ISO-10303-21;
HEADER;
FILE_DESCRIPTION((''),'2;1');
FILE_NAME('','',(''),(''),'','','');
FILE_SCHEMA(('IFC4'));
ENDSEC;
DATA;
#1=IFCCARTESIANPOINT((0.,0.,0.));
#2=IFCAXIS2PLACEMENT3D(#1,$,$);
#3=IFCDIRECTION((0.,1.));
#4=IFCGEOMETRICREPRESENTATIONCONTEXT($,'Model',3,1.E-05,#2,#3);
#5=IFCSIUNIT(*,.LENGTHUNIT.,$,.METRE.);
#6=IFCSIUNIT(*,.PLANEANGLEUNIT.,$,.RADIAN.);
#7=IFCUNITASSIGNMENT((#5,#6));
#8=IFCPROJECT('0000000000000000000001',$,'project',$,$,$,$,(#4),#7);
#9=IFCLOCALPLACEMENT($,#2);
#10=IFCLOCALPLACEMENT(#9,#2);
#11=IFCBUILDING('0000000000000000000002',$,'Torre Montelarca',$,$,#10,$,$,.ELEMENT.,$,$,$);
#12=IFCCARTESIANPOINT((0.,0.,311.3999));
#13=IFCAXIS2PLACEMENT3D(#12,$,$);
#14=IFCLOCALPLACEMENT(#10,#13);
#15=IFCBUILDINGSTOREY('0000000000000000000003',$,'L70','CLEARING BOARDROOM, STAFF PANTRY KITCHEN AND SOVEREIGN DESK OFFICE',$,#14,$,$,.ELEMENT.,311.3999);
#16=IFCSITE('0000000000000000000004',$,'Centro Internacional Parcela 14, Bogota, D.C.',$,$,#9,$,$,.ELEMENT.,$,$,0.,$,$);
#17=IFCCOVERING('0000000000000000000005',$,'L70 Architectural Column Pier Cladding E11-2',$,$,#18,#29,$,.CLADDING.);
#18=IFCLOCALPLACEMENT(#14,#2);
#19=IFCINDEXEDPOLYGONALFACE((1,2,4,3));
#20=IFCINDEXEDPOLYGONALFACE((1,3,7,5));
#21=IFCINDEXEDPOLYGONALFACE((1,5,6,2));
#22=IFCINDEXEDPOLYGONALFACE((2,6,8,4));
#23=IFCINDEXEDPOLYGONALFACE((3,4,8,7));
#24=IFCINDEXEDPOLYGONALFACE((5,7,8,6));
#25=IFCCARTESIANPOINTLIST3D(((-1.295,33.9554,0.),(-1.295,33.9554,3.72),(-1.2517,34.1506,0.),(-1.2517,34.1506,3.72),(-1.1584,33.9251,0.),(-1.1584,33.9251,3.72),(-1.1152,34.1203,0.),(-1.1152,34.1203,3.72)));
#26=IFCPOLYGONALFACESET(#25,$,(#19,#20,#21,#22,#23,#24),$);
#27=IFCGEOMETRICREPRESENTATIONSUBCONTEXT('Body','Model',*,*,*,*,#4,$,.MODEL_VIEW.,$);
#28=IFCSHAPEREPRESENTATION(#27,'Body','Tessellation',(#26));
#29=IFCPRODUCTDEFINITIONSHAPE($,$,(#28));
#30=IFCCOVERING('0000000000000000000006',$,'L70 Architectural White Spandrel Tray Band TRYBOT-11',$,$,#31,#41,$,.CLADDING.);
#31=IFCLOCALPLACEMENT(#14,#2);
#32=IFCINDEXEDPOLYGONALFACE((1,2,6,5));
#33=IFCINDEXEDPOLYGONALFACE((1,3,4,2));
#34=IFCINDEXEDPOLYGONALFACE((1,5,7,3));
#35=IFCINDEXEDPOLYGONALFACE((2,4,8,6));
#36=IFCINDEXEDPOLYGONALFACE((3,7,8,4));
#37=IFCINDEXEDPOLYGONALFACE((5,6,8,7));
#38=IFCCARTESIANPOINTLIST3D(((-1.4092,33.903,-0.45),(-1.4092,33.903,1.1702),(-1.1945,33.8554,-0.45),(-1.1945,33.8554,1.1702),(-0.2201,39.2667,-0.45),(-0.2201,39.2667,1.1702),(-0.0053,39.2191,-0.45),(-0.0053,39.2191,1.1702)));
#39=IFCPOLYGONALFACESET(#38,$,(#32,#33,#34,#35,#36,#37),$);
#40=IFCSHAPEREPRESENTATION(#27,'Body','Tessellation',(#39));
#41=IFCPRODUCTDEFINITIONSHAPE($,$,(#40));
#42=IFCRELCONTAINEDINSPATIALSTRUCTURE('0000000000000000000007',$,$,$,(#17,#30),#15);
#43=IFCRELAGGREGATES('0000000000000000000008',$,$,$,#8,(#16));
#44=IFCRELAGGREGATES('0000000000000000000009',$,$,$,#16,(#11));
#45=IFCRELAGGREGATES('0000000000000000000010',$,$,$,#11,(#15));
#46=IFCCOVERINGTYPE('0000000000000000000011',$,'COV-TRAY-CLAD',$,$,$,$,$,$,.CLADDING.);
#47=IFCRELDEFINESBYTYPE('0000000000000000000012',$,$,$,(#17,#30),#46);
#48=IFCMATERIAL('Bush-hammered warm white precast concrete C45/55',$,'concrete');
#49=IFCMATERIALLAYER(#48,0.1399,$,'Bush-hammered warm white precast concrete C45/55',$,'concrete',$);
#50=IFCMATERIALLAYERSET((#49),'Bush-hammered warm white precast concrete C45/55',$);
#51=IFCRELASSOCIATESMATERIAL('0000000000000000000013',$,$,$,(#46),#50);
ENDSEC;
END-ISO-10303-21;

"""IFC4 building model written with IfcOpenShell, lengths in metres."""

from ifc_helpers import new_model, si_unit, direction, frame, origin, origin_2d, place, context, subcontext, project, spatial, rectangle, extrude, source, transform, mapped, material, layer, layer_set, type_object, element, save


model = new_model("IFC4")

# Units and contexts
model_context = context("Model", 3, precision=1e-05, world=origin(), true_north=direction((0.0, 1.0)))
body_context = subcontext(model_context, "Body", "Model", "MODEL_VIEW")
ifc_project = project(units=[si_unit("LENGTHUNIT", "METRE"), si_unit("PLANEANGLEUNIT", "RADIAN")], contexts=[model_context])

# Site, building, storey
site_placement = place(None, origin())
site = spatial("IfcSite", under=ifc_project, at=site_placement, Name="Centro Internacional Parcela 14, Bogota, D.C.", CompositionType="ELEMENT", RefElevation=0.0)
building_placement = place(site_placement, origin())
building = spatial("IfcBuilding", under=site, at=building_placement, Name="Torre Montelarca", CompositionType="ELEMENT")
storey_placement = place(building_placement, frame((0.0, 0.0, 311.3999)))
storey = spatial("IfcBuildingStorey", under=building, at=storey_placement, Name="L70", Description="CLEARING BOARDROOM, STAFF PANTRY KITCHEN AND SOVEREIGN DESK OFFICE", CompositionType="ELEMENT", Elevation=311.3999)

# Coverings
ifc_material_1 = material(Name="Bush-hammered warm white precast concrete C45/55", Category="concrete")
ifc_layer_1 = layer(ifc_material_1, 0.1399, Name="Bush-hammered warm white precast concrete C45/55", Category="concrete")
ifc_layer_set_1 = layer_set([ifc_layer_1], Name="Bush-hammered warm white precast concrete C45/55")
covering_type = type_object("IfcCoveringType", Name="COV-TRAY-CLAD", PredefinedType="CLADDING", material=ifc_layer_set_1)
shared_shape_1 = source(origin(), body_context, "Body", "SweptSolid", [
    extrude(rectangle(XDim=0.2, YDim=0.1399, at=origin_2d()), origin(), (0.0, 0.0, 1.0), 3.72),
])
for number, where, z_axis, x_axis, name in (
    (1, (-1.2051, 34.0378, 0.0), (0.0, 0.0, 1.0), (-0.216448, -0.976294, 0.0), "L70 Architectural Column Pier Cladding E11-2"),
):
    element("IfcCovering", number, at=place(storey_placement, frame(where, z_axis=z_axis, x_axis=x_axis)), inside=storey, type_object=covering_type, Name=name, PredefinedType="CLADDING", context=body_context, shape_type="MappedRepresentation", body=[
        mapped(shared_shape_1, transform((0.0, 0.0, 0.0), scale=1.0)),
    ])
shared_shape_2 = source(origin(), body_context, "Body", "SweptSolid", [
    extrude(rectangle(XDim=5.4939, YDim=0.22, at=origin_2d()), origin(), (0.0, 0.0, 1.0), 1.6201),
])
covering_placement = place(storey_placement, frame((-0.7073, 36.561, -0.45), z_axis=(0.0, 0.0, 1.0), x_axis=(-0.21645, -0.976294, 0.0)))
element("IfcCovering", 2, at=covering_placement, inside=storey, type_object=covering_type, Name="L70 Architectural White Spandrel Tray Band TRYBOT-11", PredefinedType="CLADDING", context=body_context, shape_type="MappedRepresentation", body=[
    mapped(shared_shape_2, transform((0.0, 0.0, 0.0), scale=1.0)),
])

save(model, "model.ifc")
